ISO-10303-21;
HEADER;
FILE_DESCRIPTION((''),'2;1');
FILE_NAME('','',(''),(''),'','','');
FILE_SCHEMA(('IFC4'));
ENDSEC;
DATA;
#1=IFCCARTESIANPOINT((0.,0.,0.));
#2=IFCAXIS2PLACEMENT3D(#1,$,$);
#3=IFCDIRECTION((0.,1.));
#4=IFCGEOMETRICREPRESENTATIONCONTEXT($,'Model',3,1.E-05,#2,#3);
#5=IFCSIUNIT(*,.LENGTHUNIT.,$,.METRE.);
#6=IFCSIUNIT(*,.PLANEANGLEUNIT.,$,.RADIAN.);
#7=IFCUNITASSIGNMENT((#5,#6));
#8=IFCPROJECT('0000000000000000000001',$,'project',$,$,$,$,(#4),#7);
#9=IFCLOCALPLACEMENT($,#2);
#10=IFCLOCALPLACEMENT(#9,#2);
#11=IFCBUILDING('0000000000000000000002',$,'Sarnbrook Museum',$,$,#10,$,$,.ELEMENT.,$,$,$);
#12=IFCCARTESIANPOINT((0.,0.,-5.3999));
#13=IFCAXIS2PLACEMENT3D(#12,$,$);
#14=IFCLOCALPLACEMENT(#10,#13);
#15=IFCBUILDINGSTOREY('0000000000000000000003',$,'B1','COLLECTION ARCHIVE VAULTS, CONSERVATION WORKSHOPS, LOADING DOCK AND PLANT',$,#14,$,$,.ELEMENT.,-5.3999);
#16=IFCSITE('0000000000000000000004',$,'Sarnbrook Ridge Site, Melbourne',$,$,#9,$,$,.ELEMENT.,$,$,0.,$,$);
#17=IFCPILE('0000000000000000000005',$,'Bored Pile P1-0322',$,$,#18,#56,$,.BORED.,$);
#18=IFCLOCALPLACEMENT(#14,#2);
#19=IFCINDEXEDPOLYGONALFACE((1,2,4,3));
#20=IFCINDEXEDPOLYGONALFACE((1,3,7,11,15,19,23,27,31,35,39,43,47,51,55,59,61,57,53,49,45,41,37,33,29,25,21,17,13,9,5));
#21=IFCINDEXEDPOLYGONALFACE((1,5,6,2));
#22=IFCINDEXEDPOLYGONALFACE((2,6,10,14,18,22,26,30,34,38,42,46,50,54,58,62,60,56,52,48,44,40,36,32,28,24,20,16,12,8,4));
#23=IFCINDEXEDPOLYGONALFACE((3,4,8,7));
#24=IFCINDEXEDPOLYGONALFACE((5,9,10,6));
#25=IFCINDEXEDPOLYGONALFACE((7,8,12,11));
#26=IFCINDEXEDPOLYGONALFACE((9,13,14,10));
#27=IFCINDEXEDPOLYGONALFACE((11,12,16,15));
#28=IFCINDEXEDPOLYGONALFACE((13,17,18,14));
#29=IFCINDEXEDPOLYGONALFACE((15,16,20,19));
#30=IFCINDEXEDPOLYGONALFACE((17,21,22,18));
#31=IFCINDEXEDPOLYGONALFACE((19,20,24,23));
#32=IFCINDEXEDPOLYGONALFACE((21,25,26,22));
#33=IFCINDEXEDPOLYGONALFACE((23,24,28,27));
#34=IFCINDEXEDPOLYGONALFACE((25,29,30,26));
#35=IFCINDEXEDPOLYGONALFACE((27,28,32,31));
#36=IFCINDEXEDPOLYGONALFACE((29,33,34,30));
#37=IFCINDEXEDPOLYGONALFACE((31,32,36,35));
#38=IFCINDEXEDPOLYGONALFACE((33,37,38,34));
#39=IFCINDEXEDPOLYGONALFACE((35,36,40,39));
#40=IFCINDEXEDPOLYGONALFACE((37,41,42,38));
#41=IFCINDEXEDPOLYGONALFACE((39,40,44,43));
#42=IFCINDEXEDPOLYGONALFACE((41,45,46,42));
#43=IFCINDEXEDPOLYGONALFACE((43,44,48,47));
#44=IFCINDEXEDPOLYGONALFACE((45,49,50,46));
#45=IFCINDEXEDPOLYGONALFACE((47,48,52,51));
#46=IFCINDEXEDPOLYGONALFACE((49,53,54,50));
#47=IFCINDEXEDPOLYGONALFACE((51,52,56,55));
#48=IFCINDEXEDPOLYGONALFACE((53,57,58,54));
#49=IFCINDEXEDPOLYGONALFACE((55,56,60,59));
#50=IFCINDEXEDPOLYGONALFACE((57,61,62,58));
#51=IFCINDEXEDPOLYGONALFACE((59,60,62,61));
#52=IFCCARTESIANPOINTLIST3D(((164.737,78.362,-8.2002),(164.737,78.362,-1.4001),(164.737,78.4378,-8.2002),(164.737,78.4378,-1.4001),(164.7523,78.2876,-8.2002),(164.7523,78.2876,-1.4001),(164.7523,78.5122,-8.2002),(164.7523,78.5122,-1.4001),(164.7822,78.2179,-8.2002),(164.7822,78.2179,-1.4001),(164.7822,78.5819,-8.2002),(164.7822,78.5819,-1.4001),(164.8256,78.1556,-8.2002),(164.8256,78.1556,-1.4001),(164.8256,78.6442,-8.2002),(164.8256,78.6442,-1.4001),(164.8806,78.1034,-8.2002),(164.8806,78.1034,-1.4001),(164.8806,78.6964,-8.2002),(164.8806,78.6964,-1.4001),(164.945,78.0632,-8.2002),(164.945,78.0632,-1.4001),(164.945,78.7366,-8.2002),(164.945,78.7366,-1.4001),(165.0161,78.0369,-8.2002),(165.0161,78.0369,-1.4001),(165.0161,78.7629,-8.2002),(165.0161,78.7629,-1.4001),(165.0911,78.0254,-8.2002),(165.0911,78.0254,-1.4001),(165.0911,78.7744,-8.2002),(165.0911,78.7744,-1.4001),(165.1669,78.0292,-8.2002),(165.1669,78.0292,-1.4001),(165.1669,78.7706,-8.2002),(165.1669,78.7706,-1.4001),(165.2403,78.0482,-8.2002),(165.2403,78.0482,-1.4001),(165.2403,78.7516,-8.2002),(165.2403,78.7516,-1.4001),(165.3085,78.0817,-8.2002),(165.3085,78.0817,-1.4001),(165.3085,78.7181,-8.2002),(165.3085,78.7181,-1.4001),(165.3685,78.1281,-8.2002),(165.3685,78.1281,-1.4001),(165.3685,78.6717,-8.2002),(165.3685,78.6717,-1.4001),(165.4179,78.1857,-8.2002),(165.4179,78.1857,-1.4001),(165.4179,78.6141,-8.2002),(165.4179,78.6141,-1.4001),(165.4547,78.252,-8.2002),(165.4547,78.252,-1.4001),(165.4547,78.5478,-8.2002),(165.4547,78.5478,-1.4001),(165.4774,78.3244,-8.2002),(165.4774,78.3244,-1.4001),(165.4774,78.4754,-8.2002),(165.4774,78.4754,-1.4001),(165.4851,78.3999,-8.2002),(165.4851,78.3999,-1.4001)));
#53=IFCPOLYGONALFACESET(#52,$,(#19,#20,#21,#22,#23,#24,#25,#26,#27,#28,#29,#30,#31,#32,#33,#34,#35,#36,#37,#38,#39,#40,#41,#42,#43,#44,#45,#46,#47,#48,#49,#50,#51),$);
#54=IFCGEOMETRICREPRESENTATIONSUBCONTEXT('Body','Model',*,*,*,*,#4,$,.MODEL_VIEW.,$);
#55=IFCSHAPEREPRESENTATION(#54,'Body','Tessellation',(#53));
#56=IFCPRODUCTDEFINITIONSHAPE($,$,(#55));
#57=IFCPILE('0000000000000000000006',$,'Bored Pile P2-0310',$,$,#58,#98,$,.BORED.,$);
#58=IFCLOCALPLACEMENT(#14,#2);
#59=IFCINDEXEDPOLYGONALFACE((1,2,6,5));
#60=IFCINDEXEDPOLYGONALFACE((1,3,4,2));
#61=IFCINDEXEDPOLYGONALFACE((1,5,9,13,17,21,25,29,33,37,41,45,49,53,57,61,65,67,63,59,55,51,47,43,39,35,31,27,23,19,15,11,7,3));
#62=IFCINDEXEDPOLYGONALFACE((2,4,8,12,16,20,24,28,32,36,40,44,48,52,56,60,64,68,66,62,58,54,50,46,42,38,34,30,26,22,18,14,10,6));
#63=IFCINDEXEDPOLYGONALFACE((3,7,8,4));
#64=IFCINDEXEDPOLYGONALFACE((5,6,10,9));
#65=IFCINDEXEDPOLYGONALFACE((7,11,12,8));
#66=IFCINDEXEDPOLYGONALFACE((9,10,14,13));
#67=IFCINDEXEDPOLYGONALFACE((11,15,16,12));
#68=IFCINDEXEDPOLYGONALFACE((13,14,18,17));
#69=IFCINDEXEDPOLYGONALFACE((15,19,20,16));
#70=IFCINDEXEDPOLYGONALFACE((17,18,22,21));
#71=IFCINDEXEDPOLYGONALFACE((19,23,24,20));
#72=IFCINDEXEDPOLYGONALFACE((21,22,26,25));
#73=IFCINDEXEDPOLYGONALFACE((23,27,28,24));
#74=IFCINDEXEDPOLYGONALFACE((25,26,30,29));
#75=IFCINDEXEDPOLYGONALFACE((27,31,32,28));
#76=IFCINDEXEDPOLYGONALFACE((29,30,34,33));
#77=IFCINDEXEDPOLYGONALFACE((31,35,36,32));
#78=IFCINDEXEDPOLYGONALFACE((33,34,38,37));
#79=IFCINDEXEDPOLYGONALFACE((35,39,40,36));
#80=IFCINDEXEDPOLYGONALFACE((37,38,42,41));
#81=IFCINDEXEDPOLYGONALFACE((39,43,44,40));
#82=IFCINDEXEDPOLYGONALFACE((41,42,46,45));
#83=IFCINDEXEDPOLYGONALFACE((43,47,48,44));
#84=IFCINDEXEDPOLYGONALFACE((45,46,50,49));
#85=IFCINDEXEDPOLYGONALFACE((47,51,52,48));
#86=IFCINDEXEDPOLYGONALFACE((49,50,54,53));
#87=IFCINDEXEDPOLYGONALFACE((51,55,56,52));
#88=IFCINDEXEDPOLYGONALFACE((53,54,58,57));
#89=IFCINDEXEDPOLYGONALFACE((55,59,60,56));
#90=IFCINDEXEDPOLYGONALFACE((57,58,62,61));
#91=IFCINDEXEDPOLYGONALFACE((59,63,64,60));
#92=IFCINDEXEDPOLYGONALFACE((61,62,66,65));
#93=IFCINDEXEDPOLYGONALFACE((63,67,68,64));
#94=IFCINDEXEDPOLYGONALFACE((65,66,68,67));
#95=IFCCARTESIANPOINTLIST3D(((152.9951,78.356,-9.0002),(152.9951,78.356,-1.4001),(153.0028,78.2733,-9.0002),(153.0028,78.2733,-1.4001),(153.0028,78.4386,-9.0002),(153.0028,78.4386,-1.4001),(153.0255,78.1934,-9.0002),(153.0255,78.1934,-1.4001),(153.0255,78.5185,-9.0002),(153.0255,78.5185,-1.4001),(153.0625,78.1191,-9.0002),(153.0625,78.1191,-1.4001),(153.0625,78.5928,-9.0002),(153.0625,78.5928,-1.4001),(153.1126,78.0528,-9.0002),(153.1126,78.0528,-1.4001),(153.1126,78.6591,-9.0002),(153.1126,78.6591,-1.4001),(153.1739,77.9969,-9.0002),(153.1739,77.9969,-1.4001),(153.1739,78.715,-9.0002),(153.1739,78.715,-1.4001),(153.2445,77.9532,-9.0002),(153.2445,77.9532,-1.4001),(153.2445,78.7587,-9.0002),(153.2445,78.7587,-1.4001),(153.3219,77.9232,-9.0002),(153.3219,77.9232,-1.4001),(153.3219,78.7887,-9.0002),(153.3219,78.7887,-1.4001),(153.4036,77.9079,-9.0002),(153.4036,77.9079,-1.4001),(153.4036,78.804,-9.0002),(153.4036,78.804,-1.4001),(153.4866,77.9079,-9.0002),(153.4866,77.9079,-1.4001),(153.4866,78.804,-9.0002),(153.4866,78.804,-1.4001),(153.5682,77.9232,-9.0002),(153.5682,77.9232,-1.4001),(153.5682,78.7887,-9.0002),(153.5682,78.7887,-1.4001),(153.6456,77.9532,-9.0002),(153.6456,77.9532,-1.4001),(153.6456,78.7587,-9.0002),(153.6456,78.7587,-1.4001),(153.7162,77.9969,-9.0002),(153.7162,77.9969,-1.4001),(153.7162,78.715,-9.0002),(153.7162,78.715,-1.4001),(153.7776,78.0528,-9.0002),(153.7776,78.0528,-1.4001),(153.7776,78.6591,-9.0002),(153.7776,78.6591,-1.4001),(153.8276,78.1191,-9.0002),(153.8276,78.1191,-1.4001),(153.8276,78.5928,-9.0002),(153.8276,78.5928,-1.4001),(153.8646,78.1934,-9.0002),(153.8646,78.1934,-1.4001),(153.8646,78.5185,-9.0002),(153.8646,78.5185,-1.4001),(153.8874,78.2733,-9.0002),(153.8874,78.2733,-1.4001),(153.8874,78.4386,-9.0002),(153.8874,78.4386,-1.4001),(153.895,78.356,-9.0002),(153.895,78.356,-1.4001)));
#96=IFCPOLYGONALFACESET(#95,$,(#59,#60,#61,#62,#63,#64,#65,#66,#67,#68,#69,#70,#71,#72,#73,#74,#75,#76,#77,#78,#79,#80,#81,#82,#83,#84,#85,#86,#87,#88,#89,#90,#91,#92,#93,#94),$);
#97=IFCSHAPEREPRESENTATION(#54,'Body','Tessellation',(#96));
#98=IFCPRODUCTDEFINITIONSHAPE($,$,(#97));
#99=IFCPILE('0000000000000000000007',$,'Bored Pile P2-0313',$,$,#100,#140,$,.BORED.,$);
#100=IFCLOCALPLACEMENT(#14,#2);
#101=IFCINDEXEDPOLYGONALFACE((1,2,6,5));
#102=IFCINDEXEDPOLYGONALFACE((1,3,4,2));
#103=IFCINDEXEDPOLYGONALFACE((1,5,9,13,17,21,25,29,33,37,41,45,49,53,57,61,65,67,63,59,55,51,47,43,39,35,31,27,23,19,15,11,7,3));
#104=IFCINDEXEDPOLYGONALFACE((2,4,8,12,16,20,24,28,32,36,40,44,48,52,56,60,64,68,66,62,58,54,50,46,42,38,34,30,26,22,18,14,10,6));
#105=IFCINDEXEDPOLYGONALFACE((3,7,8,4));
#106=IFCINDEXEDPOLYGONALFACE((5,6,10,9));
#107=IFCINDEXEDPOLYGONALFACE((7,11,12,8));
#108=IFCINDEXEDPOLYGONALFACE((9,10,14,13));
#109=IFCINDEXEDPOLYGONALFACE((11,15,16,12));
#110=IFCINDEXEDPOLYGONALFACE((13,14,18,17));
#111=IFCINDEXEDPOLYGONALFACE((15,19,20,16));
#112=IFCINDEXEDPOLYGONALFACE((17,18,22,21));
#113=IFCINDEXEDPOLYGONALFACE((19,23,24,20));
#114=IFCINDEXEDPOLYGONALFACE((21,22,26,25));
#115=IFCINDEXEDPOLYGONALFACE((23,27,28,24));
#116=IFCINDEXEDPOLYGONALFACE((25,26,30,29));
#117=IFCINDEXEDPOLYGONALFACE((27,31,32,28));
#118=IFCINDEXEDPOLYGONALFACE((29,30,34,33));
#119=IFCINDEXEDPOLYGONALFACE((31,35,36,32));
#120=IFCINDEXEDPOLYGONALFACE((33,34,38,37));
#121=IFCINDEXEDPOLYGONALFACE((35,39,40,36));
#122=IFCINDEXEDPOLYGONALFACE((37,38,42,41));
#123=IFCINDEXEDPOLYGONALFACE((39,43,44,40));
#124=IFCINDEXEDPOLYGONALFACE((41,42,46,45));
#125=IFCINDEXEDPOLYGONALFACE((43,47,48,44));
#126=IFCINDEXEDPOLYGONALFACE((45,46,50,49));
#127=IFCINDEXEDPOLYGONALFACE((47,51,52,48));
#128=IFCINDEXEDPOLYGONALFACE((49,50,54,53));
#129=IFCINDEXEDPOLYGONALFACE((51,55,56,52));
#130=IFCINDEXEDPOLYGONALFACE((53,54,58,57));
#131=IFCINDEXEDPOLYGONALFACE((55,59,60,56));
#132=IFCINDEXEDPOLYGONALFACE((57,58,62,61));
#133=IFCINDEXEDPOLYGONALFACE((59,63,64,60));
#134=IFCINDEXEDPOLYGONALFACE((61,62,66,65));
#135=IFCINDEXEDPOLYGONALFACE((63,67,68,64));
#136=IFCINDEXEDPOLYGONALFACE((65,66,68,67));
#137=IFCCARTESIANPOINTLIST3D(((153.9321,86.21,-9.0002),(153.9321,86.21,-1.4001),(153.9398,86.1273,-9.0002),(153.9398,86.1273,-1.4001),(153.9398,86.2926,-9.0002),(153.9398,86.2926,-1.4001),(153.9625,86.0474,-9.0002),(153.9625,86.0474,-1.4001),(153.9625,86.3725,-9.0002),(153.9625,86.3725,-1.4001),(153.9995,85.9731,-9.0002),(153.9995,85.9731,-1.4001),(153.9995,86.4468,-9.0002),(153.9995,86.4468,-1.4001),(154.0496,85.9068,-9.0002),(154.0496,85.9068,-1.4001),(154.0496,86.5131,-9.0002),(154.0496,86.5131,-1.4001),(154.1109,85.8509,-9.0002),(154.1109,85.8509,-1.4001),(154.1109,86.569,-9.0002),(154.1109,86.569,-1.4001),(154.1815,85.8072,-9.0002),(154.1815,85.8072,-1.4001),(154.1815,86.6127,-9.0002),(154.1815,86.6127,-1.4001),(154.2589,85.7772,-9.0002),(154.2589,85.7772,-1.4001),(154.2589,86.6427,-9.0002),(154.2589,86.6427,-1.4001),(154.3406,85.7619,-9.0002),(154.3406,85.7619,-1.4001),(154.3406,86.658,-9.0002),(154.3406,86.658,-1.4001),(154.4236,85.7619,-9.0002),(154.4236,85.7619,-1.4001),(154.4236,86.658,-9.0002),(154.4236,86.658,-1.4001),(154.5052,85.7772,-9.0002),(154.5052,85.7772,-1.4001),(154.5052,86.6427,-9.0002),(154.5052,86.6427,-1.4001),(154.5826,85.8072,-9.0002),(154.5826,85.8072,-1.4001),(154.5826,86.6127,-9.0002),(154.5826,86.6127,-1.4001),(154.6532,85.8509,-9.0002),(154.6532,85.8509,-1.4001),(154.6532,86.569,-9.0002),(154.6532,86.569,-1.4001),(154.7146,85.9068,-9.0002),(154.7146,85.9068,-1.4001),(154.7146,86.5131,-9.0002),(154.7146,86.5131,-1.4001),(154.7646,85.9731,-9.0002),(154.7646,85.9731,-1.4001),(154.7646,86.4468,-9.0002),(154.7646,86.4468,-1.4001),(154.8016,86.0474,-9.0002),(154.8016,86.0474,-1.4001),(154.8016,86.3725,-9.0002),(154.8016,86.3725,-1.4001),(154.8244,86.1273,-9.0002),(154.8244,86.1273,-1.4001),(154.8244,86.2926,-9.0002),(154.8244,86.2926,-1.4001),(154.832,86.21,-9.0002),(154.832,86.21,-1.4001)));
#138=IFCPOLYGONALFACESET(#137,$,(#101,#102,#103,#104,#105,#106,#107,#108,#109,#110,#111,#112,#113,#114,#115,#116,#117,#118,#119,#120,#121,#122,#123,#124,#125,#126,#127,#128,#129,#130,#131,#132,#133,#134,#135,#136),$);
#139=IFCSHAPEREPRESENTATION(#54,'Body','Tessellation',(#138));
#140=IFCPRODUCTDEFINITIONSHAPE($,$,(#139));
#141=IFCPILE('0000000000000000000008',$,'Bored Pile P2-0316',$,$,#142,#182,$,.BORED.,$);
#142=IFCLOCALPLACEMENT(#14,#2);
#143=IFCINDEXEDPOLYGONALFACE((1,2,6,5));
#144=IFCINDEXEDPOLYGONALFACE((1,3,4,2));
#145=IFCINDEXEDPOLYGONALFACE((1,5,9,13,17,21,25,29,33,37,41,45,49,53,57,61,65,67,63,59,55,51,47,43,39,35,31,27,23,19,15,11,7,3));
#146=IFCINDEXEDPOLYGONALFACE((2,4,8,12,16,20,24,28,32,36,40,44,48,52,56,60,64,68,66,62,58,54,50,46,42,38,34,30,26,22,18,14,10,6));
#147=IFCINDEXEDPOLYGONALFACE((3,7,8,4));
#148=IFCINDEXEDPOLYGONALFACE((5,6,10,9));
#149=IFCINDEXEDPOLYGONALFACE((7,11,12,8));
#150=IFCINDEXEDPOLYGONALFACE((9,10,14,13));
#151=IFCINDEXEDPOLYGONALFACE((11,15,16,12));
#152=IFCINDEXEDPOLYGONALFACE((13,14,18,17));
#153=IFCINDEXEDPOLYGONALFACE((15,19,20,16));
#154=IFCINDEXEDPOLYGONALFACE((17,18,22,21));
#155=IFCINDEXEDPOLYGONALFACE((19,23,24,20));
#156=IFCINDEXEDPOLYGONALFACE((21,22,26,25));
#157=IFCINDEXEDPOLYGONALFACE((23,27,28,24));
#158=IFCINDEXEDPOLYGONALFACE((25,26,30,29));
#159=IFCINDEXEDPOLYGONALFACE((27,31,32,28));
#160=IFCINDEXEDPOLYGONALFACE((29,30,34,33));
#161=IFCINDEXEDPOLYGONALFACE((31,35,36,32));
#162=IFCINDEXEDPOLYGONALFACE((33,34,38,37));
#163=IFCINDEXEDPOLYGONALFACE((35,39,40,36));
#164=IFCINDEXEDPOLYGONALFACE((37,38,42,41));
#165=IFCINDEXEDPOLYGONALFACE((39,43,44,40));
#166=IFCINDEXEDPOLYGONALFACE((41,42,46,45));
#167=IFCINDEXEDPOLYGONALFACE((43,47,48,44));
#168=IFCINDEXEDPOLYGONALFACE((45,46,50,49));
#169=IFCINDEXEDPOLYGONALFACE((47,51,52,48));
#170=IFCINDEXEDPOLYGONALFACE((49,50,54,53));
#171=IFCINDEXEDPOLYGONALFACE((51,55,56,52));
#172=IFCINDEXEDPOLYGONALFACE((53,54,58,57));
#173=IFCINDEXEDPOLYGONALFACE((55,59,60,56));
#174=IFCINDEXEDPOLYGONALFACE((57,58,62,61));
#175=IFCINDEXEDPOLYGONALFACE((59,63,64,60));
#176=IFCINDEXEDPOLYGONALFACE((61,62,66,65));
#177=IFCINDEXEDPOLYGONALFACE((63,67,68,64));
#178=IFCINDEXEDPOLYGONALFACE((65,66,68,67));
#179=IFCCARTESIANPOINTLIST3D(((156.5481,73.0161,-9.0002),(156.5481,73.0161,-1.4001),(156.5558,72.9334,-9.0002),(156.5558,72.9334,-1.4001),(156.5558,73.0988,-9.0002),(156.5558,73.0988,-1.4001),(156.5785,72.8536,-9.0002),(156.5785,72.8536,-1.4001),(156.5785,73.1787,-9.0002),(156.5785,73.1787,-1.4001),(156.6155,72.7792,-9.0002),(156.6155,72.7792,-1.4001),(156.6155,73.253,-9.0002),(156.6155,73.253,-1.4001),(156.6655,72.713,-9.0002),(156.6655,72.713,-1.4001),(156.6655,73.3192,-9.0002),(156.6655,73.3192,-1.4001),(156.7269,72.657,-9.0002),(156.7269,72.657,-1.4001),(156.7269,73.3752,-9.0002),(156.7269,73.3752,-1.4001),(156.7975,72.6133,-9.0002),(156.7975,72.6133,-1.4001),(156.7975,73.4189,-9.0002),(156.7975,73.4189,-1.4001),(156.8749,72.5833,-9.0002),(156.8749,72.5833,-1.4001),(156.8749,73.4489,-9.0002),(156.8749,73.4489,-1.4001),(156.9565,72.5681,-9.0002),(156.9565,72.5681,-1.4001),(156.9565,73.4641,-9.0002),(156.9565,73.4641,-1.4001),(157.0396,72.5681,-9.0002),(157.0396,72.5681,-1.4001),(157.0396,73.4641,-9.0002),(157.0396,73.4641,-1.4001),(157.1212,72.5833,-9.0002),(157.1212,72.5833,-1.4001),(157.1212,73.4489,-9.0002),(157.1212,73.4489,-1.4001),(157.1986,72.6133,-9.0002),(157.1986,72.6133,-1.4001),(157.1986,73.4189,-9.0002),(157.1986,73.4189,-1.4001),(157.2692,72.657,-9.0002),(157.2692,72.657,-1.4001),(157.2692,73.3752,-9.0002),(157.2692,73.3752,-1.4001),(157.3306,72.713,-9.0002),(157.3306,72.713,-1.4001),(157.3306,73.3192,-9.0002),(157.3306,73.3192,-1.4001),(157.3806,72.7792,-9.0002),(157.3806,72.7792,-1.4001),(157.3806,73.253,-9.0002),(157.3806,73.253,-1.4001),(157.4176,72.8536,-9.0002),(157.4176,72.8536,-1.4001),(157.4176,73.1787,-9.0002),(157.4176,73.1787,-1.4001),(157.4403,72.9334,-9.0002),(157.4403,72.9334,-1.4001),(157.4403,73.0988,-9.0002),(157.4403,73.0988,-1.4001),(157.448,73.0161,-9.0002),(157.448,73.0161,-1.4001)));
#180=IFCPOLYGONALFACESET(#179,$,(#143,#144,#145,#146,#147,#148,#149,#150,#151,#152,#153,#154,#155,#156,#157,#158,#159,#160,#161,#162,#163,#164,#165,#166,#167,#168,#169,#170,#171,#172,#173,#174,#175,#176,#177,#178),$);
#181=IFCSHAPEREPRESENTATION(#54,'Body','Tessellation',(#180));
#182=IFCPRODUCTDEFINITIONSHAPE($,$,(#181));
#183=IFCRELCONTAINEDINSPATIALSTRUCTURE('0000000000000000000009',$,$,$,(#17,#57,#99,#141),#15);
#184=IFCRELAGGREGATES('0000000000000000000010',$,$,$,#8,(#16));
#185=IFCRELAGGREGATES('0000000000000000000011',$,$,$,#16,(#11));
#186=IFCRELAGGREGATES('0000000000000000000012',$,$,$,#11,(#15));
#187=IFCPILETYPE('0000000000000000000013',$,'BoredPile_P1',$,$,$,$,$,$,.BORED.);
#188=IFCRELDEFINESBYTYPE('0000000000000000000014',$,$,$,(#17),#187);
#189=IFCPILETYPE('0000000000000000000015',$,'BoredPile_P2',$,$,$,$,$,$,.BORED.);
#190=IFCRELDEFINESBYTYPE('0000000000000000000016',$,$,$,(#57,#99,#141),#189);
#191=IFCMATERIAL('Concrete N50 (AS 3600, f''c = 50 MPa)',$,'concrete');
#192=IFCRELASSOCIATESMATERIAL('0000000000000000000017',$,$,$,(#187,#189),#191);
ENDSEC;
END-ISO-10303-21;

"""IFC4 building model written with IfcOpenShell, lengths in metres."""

from ifc_helpers import new_model, si_unit, direction, frame, origin, origin_2d, place, context, subcontext, project, spatial, circle, extrude, material, material_profile, profile_set, type_object, element, save


model = new_model("IFC4")

# Units and contexts
model_context = context("Model", 3, precision=1e-05, world=origin(), true_north=direction((0.0, 1.0)))
body_context = subcontext(model_context, "Body", "Model", "MODEL_VIEW")
ifc_project = project(units=[si_unit("LENGTHUNIT", "METRE"), si_unit("PLANEANGLEUNIT", "RADIAN")], contexts=[model_context])

# Site, building, storey
site_placement = place(None, origin())
site = spatial("IfcSite", under=ifc_project, at=site_placement, Name="Sarnbrook Ridge Site, Melbourne", CompositionType="ELEMENT", RefElevation=0.0)
building_placement = place(site_placement, origin())
building = spatial("IfcBuilding", under=site, at=building_placement, Name="Sarnbrook Museum", CompositionType="ELEMENT")
storey_placement = place(building_placement, frame((0.0, 0.0, -5.3999)))
storey = spatial("IfcBuildingStorey", under=building, at=storey_placement, Name="B1", Description="COLLECTION ARCHIVE VAULTS, CONSERVATION WORKSHOPS, LOADING DOCK AND PLANT", CompositionType="ELEMENT", Elevation=-5.3999)

# Piles
ifc_material_1 = material(Name="Concrete N50 (AS 3600, f'c = 50 MPa)", Category="concrete")
ifc_material_profile_1 = material_profile(ifc_material_1, circle(Radius=0.375, at=origin_2d()), Name="BORED PILE D750")
ifc_profile_set_1 = profile_set([ifc_material_profile_1], Name="Concrete N50 (AS 3600, f'c = 50 MPa)")
pile_type_1 = type_object("IfcPileType", Name="BoredPile_P1", PredefinedType="BORED", material=ifc_profile_set_1)
pile_placement = place(storey_placement, frame((165.1101, 78.3999, -1.4001), z_axis=(0.0, 0.0, -1.0), x_axis=(1.0, 0.0, 0.0)))
element("IfcPile", 1, at=pile_placement, inside=storey, type_object=pile_type_1, Name="Bored Pile P1-0322", PredefinedType="BORED", context=body_context, shape_type="SweptSolid", body=[
    extrude(circle(Radius=0.375, at=origin_2d()), origin(), (0.0, 0.0, 1.0), 6.8),
])
ifc_material_profile_2 = material_profile(ifc_material_1, circle(Radius=0.45, at=origin_2d()), Name="BORED PILE D900")
ifc_profile_set_2 = profile_set([ifc_material_profile_2], Name="Concrete N50 (AS 3600, f'c = 50 MPa)")
pile_type_2 = type_object("IfcPileType", Name="BoredPile_P2", PredefinedType="BORED", material=ifc_profile_set_2)
for number, where, z_axis, x_axis, name in (
    (2, (153.4451, 78.356, -1.4001), (0.0, 0.0, -1.0), (1.0, 0.0, 0.0), "Bored Pile P2-0310"),
    (3, (154.3821, 86.21, -1.4001), (0.0, 0.0, -1.0), (1.0, 0.0, 0.0), "Bored Pile P2-0313"),
    (4, (156.998, 73.0161, -1.4001), (0.0, 0.0, -1.0), (1.0, 0.0, 0.0), "Bored Pile P2-0316"),
):
    element("IfcPile", number, at=place(storey_placement, frame(where, z_axis=z_axis, x_axis=x_axis)), inside=storey, type_object=pile_type_2, Name=name, PredefinedType="BORED", context=body_context, shape_type="SweptSolid", body=[
        extrude(circle(Radius=0.45, at=origin_2d()), origin(), (0.0, 0.0, 1.0), 7.6001),
    ])

save(model, "model.ifc")
